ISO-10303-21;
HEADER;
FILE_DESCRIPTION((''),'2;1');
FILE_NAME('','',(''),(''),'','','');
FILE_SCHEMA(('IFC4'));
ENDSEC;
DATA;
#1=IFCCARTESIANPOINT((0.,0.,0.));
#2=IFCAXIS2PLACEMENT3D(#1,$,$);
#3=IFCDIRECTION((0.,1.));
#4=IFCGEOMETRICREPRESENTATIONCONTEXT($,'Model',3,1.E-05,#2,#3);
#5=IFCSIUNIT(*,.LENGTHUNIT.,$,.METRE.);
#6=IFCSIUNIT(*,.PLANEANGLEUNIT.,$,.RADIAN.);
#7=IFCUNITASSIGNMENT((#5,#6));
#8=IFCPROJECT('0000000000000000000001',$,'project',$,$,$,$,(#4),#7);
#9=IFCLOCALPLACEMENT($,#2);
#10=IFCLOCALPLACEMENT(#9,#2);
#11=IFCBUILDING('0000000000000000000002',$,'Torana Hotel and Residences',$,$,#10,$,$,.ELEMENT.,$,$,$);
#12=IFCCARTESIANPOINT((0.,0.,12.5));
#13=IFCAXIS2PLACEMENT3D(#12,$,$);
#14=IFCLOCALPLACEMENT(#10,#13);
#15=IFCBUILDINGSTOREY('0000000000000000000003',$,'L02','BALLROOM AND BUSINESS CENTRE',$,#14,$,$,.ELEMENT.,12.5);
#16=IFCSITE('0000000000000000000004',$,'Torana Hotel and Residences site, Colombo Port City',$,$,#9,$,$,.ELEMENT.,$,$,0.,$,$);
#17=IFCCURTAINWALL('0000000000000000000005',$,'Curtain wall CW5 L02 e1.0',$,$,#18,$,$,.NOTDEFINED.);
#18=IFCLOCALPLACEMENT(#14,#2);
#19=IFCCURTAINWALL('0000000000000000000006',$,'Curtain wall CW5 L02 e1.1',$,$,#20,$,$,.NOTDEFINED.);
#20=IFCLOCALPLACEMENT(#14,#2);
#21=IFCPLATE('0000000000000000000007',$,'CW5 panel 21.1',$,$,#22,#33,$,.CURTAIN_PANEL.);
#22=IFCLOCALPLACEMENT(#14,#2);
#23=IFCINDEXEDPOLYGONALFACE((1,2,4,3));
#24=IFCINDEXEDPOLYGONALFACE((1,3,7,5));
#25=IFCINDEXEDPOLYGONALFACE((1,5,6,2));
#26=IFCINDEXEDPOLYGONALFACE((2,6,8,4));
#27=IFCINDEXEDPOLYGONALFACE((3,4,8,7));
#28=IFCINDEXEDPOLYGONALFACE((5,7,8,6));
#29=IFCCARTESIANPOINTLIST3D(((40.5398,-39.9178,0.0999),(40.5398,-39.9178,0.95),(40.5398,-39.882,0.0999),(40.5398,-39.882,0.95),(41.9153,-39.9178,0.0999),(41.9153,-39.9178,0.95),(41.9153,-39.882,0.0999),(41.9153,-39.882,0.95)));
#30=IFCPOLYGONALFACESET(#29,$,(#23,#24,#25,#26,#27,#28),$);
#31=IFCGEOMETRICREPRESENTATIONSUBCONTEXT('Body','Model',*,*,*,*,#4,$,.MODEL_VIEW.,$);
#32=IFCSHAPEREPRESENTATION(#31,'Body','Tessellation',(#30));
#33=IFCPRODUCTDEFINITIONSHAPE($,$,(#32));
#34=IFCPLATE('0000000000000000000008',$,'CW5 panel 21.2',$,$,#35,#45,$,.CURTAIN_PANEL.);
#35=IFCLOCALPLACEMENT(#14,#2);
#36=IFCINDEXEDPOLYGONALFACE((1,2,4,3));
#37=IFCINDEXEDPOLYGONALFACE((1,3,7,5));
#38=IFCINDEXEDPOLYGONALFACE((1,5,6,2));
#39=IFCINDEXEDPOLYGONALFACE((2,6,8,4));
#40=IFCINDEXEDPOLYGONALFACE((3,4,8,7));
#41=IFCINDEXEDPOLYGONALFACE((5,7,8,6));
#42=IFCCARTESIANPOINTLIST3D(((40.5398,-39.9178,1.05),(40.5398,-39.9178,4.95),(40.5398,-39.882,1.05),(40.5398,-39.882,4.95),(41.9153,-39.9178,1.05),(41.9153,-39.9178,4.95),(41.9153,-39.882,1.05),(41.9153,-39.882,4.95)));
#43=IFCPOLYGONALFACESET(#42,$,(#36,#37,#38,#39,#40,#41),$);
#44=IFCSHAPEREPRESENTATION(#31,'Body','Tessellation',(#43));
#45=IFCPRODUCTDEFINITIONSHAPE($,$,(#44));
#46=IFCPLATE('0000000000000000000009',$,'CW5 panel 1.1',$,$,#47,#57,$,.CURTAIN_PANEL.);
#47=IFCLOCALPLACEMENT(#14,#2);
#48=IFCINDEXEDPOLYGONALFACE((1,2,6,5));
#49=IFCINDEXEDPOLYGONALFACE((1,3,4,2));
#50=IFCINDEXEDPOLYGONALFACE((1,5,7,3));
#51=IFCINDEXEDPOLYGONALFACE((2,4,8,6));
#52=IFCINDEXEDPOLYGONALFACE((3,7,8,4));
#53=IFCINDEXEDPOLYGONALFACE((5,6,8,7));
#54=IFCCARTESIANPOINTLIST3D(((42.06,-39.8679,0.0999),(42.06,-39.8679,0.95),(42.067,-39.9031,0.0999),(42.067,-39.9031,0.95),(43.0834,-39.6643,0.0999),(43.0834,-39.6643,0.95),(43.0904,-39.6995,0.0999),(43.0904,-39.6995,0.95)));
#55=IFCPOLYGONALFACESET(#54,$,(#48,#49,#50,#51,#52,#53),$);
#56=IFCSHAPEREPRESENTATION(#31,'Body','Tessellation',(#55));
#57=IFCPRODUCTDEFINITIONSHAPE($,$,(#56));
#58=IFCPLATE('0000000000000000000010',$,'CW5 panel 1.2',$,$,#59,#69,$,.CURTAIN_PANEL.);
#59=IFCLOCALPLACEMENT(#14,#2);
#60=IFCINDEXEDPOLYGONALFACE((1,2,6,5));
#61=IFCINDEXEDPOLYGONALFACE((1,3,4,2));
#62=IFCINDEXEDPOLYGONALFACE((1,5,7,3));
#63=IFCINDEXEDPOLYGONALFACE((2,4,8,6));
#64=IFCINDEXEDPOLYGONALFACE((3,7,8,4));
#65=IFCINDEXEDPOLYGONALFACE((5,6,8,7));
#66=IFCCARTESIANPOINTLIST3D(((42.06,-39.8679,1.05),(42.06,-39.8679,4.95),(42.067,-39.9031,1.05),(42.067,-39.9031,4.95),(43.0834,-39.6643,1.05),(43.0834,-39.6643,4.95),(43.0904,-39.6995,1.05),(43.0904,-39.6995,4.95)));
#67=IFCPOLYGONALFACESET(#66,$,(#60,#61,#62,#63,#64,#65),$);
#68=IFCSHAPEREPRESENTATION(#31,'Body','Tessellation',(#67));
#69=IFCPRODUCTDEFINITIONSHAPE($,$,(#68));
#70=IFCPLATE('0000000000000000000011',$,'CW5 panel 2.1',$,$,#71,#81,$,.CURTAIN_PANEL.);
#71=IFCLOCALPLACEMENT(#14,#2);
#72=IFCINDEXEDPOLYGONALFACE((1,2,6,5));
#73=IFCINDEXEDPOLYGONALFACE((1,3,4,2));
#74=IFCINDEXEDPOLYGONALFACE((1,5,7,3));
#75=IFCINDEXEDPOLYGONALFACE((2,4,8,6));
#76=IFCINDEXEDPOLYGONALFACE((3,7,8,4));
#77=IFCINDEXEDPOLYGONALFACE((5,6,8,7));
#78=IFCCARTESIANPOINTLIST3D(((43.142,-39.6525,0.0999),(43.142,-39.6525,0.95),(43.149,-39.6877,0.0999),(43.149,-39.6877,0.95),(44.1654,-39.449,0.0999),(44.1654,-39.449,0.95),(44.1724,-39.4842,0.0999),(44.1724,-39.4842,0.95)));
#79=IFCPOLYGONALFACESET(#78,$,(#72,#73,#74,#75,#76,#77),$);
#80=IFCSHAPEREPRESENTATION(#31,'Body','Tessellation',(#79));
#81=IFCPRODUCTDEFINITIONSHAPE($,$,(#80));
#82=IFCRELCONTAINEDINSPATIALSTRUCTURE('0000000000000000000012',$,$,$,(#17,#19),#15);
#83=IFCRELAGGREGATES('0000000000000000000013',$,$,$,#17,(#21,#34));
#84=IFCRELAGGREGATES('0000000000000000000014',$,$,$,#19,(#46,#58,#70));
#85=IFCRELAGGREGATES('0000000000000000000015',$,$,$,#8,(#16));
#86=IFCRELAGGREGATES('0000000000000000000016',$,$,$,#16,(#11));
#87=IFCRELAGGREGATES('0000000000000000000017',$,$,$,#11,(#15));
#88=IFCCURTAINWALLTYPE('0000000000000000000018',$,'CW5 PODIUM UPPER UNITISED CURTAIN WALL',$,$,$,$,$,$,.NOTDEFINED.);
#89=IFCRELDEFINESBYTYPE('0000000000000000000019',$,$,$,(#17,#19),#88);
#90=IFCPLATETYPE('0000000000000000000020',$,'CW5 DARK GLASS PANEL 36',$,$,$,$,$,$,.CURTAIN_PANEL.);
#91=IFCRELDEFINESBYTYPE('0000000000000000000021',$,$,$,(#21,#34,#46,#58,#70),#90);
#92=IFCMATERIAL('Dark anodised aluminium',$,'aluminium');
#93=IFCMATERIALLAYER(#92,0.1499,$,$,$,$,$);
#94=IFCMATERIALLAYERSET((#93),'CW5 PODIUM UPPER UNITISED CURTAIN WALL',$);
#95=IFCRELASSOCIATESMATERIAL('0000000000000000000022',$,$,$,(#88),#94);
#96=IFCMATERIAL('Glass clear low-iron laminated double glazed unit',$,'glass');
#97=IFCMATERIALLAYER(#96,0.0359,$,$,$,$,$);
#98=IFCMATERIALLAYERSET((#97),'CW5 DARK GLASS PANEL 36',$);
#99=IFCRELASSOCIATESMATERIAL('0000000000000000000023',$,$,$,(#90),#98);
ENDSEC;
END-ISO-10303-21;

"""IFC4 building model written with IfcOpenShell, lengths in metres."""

from ifc_helpers import new_model, si_unit, direction, frame, origin, origin_2d, place, context, subcontext, project, spatial, rectangle, extrude, material, layer, layer_set, type_object, element, aggregate, save


model = new_model("IFC4")

# Units and contexts
model_context = context("Model", 3, precision=1e-05, world=origin(), true_north=direction((0.0, 1.0)))
body_context = subcontext(model_context, "Body", "Model", "MODEL_VIEW")
ifc_project = project(units=[si_unit("LENGTHUNIT", "METRE"), si_unit("PLANEANGLEUNIT", "RADIAN")], contexts=[model_context])

# Site, building, storey
site_placement = place(None, origin())
site = spatial("IfcSite", under=ifc_project, at=site_placement, Name="Torana Hotel and Residences site, Colombo Port City", CompositionType="ELEMENT", RefElevation=0.0)
building_placement = place(site_placement, origin())
building = spatial("IfcBuilding", under=site, at=building_placement, Name="Torana Hotel and Residences", CompositionType="ELEMENT")
storey_placement = place(building_placement, frame((0.0, 0.0, 12.5)))
storey = spatial("IfcBuildingStorey", under=building, at=storey_placement, Name="L02", Description="BALLROOM AND BUSINESS CENTRE", CompositionType="ELEMENT", Elevation=12.5)

# Curtain walls
ifc_material_1 = material(Name="Dark anodised aluminium", Category="aluminium")
ifc_layer_1 = layer(ifc_material_1, 0.1499)
ifc_layer_set_1 = layer_set([ifc_layer_1], Name="CW5 PODIUM UPPER UNITISED CURTAIN WALL")
curtain_wall_type = type_object("IfcCurtainWallType", Name="CW5 PODIUM UPPER UNITISED CURTAIN WALL", PredefinedType="NOTDEFINED", material=ifc_layer_set_1)
curtain_wall_1_placement = place(storey_placement, origin())
curtain_wall_1 = element("IfcCurtainWall", 1, at=curtain_wall_1_placement, inside=storey, type_object=curtain_wall_type, Name="Curtain wall CW5 L02 e1.0", PredefinedType="NOTDEFINED")
curtain_wall_2_placement = place(storey_placement, origin())
curtain_wall_2 = element("IfcCurtainWall", 2, at=curtain_wall_2_placement, inside=storey, type_object=curtain_wall_type, Name="Curtain wall CW5 L02 e1.1", PredefinedType="NOTDEFINED")

# Plates
ifc_material_2 = material(Name="Glass clear low-iron laminated double glazed unit", Category="glass")
ifc_layer_2 = layer(ifc_material_2, 0.0359)
ifc_layer_set_2 = layer_set([ifc_layer_2], Name="CW5 DARK GLASS PANEL 36")
plate_type = type_object("IfcPlateType", Name="CW5 DARK GLASS PANEL 36", PredefinedType="CURTAIN_PANEL", material=ifc_layer_set_2)
plate_1_placement = place(storey_placement, frame((41.2275, -39.8999, 0.0999), z_axis=(0.0, 0.0, 1.0), x_axis=(1.0, 0.0, 0.0)))
plate_1 = element("IfcPlate", 3, at=plate_1_placement, type_object=plate_type, Name="CW5 panel 21.1", PredefinedType="CURTAIN_PANEL", context=body_context, shape_type="SweptSolid", body=[
    extrude(rectangle(XDim=1.3755, YDim=0.0359, at=origin_2d()), origin(), (0.0, 0.0, 1.0), 0.8501),
])
plate_2_placement = place(storey_placement, frame((41.2275, -39.8999, 1.05), z_axis=(0.0, 0.0, 1.0), x_axis=(1.0, 0.0, 0.0)))
plate_2 = element("IfcPlate", 4, at=plate_2_placement, type_object=plate_type, Name="CW5 panel 21.2", PredefinedType="CURTAIN_PANEL", context=body_context, shape_type="SweptSolid", body=[
    extrude(rectangle(XDim=1.3755, YDim=0.0359, at=origin_2d()), origin(), (0.0, 0.0, 1.0), 3.8999),
])
aggregate(curtain_wall_1, [plate_1, plate_2])
plate_3_placement = place(storey_placement, frame((42.5752, -39.7837, 0.0999), z_axis=(0.0, 0.0, 1.0), x_axis=(0.980787, 0.195081, 0.0)))
plate_3 = element("IfcPlate", 5, at=plate_3_placement, type_object=plate_type, Name="CW5 panel 1.1", PredefinedType="CURTAIN_PANEL", context=body_context, shape_type="SweptSolid", body=[
    extrude(rectangle(XDim=1.0435, YDim=0.0359, at=origin_2d()), origin(), (0.0, 0.0, 1.0), 0.8501),
])
plate_4_placement = place(storey_placement, frame((42.5752, -39.7837, 1.05), z_axis=(0.0, 0.0, 1.0), x_axis=(0.980787, 0.195081, 0.0)))
plate_4 = element("IfcPlate", 6, at=plate_4_placement, type_object=plate_type, Name="CW5 panel 1.2", PredefinedType="CURTAIN_PANEL", context=body_context, shape_type="SweptSolid", body=[
    extrude(rectangle(XDim=1.0435, YDim=0.0359, at=origin_2d()), origin(), (0.0, 0.0, 1.0), 3.8999),
])
plate_5_placement = place(storey_placement, frame((43.6572, -39.5684, 0.0999), z_axis=(0.0, 0.0, 1.0), x_axis=(0.980787, 0.195081, 0.0)))
plate_5 = element("IfcPlate", 7, at=plate_5_placement, type_object=plate_type, Name="CW5 panel 2.1", PredefinedType="CURTAIN_PANEL", context=body_context, shape_type="SweptSolid", body=[
    extrude(rectangle(XDim=1.0435, YDim=0.0359, at=origin_2d()), origin(), (0.0, 0.0, 1.0), 0.8501),
])
aggregate(curtain_wall_2, [plate_3, plate_4, plate_5])

save(model, "model.ifc")
